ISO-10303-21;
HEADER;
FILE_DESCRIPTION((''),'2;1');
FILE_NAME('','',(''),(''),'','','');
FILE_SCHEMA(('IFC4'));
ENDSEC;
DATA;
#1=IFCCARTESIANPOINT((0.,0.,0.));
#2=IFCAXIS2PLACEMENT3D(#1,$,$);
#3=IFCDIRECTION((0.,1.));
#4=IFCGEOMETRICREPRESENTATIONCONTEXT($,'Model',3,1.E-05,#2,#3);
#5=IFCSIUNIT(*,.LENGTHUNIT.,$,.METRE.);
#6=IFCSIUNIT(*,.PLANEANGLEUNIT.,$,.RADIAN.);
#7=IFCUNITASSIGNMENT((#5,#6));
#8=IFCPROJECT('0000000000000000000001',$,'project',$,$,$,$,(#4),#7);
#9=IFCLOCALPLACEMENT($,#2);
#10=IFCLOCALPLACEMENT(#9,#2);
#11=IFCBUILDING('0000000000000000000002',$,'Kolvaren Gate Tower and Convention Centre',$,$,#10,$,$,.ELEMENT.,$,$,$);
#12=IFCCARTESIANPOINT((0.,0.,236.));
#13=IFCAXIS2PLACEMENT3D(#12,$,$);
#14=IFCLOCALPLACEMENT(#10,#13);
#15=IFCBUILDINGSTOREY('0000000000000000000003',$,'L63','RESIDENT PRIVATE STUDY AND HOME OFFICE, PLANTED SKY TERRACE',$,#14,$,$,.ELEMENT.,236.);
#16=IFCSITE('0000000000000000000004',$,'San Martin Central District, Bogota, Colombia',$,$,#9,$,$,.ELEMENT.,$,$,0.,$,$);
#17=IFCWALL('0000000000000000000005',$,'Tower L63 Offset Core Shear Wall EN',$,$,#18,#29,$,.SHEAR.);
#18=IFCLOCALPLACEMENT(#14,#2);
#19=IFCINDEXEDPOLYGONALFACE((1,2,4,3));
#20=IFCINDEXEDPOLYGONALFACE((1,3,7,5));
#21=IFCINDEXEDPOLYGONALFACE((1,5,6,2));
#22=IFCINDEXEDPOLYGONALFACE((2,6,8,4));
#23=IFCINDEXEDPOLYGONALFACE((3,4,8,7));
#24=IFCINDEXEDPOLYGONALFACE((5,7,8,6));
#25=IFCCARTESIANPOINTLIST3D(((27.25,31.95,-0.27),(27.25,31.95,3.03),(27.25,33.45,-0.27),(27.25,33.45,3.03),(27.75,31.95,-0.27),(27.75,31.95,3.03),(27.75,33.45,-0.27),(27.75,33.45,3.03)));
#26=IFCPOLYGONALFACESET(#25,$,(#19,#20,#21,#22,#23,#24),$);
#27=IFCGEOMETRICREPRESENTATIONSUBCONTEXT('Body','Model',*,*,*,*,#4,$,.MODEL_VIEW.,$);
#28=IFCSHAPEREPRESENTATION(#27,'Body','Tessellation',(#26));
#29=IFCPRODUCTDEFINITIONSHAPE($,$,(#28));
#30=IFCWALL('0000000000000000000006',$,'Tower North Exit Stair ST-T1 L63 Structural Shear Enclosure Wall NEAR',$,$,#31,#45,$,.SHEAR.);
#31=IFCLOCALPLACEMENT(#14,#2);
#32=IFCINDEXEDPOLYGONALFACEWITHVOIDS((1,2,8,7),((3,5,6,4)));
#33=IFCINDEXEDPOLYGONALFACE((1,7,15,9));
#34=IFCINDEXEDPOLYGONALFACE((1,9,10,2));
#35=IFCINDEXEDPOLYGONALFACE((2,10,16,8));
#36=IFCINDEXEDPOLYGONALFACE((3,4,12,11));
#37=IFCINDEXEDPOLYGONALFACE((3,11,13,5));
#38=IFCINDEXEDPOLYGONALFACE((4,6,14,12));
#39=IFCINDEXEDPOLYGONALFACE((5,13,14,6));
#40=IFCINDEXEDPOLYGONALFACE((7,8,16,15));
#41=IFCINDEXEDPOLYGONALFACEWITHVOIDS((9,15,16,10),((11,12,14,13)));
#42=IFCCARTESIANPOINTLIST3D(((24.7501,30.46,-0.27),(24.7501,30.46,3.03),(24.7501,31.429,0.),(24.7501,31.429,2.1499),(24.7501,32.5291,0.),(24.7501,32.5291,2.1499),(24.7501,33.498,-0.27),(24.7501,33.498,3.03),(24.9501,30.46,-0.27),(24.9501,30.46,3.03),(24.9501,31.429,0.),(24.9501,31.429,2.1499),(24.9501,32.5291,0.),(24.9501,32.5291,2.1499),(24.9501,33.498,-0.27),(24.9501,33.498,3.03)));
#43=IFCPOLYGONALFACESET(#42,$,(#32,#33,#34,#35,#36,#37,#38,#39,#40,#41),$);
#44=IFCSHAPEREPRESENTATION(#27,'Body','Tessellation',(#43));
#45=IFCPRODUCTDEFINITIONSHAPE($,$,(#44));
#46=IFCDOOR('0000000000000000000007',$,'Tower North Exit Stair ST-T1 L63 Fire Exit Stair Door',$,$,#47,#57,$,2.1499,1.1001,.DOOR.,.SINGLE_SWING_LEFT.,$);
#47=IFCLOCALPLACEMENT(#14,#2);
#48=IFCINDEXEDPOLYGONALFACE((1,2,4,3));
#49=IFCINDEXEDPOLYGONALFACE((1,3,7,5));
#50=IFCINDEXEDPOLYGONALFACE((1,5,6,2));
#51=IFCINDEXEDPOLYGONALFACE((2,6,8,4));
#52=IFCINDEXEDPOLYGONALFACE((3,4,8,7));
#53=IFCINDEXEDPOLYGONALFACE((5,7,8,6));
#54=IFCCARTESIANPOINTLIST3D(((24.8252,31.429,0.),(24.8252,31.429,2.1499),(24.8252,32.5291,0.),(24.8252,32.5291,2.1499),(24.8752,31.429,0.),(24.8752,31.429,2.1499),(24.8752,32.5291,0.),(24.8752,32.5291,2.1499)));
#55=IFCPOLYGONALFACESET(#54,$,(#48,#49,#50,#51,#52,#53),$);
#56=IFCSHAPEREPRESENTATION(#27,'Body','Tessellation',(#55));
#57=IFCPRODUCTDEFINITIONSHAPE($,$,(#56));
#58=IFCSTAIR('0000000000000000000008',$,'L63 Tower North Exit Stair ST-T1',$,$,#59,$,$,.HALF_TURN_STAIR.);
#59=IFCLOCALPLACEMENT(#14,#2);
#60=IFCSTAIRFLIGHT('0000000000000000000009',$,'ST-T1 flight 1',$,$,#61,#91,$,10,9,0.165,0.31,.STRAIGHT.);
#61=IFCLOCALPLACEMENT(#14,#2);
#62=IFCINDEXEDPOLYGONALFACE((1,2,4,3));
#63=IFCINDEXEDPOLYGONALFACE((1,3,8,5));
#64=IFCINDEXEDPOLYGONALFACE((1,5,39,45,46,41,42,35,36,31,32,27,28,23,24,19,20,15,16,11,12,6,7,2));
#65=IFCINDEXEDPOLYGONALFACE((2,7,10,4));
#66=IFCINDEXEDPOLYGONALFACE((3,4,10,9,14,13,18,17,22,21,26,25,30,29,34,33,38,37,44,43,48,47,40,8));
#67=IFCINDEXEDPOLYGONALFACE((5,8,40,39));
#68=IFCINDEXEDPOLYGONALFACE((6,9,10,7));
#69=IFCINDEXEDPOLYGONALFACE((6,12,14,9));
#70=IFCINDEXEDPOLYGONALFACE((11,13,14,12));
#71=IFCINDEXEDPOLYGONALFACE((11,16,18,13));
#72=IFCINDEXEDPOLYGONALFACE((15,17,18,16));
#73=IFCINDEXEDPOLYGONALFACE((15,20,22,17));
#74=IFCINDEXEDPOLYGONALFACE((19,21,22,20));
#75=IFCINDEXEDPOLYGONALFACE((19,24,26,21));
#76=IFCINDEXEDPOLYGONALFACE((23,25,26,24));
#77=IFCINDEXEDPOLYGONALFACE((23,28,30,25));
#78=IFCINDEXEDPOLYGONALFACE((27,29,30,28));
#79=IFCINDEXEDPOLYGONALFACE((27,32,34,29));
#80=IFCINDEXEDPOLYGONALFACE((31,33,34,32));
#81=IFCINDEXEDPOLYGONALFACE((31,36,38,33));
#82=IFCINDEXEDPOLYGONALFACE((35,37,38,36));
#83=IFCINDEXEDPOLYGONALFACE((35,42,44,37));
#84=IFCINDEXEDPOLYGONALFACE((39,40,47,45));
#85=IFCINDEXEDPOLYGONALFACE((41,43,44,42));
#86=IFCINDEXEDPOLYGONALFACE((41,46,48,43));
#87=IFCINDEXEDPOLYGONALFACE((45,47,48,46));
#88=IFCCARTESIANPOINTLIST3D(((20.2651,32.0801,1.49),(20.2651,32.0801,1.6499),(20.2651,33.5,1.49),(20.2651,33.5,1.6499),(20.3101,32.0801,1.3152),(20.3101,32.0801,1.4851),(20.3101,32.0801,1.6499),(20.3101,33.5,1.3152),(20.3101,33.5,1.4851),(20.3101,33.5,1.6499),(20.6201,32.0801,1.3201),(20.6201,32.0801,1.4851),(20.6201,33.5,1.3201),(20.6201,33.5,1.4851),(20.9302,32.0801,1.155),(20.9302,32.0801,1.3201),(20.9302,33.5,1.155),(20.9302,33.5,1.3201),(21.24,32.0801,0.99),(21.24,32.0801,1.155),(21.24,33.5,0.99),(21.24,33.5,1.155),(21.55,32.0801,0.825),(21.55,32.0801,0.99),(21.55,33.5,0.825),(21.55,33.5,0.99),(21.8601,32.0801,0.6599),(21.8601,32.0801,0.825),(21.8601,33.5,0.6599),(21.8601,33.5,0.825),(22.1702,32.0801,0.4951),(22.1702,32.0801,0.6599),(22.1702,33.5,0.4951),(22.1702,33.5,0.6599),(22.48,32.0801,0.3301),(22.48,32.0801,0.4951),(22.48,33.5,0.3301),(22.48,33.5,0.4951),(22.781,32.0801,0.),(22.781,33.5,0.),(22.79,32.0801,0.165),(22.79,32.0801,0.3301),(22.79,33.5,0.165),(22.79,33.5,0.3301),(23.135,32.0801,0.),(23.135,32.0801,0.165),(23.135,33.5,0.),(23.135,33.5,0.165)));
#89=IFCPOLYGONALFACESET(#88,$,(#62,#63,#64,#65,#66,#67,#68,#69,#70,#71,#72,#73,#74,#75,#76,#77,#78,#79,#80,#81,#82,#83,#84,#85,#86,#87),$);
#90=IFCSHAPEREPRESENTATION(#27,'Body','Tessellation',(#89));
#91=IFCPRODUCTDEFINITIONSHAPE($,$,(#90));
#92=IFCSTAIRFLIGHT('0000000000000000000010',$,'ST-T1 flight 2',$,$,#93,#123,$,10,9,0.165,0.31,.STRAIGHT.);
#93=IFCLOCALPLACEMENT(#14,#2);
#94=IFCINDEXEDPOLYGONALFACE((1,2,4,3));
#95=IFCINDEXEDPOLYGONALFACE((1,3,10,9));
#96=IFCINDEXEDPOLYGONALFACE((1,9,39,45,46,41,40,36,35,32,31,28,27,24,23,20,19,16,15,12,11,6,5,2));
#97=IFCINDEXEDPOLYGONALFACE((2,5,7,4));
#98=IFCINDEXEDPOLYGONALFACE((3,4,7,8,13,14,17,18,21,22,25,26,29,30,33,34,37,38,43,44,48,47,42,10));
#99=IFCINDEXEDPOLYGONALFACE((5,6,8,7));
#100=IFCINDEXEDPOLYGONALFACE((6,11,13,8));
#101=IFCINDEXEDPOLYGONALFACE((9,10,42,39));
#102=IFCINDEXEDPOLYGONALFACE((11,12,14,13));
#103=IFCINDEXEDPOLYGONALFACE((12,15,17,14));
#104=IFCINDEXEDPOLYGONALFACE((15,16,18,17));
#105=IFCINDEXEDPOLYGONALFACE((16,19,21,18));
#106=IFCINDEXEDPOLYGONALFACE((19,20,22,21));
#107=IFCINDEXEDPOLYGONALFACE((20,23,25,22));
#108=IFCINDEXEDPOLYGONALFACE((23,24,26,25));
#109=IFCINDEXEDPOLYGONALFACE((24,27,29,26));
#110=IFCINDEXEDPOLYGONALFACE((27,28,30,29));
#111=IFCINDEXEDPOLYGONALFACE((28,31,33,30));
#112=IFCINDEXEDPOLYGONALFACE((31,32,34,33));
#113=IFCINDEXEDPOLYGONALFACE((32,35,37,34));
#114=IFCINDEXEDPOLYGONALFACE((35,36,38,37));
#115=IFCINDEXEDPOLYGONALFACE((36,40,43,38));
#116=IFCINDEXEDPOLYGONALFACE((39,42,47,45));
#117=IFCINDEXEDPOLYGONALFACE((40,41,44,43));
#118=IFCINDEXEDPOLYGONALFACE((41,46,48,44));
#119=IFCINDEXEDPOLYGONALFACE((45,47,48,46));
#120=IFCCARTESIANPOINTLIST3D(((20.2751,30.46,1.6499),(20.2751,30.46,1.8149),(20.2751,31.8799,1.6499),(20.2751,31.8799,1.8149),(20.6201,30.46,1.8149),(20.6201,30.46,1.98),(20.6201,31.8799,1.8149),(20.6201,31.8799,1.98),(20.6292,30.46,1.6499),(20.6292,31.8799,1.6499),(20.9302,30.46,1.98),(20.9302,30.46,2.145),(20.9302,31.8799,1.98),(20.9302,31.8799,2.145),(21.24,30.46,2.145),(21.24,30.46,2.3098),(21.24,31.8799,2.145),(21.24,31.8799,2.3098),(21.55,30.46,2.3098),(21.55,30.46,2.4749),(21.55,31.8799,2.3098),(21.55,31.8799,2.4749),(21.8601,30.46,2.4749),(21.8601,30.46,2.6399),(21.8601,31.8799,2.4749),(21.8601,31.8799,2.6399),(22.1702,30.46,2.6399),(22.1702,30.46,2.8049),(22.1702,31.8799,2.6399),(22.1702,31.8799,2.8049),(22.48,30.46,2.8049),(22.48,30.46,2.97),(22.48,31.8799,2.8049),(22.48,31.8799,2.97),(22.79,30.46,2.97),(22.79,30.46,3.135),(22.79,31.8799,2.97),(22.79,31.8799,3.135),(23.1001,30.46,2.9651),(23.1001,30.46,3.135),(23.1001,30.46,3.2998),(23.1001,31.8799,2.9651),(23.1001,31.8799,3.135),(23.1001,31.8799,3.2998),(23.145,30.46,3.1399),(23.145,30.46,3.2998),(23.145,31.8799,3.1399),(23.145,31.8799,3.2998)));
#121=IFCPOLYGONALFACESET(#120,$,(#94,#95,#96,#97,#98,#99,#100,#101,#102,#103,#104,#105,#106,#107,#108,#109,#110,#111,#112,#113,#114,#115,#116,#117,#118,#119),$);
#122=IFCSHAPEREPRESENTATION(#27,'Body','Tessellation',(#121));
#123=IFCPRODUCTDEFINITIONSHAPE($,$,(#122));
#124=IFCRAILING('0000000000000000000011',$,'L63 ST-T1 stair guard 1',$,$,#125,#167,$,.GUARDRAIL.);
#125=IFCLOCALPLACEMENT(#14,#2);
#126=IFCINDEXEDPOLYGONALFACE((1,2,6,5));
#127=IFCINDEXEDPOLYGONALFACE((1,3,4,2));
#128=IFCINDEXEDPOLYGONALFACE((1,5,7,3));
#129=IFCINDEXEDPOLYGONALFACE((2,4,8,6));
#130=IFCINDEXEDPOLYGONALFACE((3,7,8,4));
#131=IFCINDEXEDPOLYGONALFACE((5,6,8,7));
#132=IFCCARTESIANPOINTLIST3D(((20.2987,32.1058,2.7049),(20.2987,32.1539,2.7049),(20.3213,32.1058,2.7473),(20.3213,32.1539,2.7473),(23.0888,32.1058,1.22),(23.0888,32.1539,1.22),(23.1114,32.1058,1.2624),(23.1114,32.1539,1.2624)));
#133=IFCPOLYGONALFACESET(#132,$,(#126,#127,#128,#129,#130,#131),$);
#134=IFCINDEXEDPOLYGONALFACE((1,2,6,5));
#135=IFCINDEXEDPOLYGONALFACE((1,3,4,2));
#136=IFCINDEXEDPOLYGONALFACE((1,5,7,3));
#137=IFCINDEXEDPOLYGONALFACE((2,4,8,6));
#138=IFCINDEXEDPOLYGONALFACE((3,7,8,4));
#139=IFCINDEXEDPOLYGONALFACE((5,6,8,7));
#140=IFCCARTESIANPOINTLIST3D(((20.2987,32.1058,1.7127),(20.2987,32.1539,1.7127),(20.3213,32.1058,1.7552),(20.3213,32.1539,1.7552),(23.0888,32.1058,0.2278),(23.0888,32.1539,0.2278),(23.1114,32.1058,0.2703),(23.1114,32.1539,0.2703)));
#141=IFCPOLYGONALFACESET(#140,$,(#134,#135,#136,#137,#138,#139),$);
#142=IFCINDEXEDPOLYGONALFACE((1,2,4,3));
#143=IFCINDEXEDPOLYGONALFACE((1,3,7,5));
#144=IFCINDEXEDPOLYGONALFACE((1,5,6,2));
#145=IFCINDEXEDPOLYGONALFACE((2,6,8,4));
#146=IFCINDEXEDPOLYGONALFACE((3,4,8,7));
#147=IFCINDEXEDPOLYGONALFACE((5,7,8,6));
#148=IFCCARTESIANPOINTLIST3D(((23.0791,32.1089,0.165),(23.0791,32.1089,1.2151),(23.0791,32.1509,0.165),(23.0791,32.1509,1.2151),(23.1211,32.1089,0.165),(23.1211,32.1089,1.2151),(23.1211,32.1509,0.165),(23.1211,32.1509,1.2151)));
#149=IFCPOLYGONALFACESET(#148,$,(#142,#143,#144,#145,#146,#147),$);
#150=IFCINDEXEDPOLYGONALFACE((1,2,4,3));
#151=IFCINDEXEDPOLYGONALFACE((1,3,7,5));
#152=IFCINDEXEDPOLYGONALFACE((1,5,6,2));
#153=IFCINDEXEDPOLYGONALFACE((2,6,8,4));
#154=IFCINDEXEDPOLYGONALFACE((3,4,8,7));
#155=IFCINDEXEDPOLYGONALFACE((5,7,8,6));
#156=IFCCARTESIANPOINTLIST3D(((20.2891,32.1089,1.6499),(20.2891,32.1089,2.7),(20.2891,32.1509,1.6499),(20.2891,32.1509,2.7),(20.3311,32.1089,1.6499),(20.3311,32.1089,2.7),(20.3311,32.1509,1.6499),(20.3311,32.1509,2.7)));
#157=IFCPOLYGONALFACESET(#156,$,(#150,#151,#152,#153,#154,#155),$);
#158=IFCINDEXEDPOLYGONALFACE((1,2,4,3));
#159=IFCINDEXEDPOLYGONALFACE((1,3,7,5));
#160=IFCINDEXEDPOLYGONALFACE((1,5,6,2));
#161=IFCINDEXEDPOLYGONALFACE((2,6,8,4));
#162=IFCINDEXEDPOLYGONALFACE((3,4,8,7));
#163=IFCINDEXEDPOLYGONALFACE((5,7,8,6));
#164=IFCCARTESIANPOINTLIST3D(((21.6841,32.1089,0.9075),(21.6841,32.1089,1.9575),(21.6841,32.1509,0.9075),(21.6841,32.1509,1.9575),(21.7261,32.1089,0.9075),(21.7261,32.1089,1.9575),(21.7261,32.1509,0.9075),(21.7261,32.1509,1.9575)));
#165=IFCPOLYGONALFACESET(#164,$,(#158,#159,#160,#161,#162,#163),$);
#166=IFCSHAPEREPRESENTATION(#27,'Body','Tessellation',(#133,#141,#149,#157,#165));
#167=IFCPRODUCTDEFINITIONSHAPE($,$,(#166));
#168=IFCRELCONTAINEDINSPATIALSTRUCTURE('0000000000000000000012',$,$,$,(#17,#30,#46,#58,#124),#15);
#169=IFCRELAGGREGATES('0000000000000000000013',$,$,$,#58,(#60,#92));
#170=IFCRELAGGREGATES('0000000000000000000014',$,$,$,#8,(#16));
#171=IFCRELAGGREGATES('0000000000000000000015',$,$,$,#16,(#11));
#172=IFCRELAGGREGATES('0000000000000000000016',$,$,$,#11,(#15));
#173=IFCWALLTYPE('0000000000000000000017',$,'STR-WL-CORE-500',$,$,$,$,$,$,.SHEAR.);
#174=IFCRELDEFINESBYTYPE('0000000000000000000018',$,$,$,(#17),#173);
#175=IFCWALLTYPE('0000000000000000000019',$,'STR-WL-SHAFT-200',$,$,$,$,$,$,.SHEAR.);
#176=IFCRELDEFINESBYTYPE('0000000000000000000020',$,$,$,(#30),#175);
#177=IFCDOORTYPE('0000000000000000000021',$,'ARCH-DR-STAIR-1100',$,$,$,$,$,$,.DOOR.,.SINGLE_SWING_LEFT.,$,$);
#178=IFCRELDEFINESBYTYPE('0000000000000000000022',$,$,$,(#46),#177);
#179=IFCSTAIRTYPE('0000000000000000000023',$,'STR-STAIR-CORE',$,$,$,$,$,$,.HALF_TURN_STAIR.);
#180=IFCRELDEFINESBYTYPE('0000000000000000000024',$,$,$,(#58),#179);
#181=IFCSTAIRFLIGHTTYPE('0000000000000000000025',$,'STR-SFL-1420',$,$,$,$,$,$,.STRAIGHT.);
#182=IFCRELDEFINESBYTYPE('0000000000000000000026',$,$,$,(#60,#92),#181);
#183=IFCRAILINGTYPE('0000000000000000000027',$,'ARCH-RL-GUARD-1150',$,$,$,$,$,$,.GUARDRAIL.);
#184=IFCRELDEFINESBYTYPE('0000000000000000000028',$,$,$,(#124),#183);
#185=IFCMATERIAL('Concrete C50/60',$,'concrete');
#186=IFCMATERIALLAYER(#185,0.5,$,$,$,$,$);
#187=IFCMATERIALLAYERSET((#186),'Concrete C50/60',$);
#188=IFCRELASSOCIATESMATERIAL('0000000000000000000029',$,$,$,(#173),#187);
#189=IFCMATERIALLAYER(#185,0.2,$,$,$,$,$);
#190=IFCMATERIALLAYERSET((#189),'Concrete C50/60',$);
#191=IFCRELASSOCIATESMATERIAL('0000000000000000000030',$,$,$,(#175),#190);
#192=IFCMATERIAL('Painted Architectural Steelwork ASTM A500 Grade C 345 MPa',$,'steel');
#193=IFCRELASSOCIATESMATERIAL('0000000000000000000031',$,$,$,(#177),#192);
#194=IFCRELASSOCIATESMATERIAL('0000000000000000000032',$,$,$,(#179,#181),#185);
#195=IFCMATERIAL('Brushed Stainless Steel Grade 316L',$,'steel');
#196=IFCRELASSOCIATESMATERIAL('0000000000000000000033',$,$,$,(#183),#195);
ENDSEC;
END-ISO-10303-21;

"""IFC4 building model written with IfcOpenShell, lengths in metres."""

from ifc_helpers import new_model, si_unit, direction, frame, frame_2d, origin, origin_2d, place, context, subcontext, project, spatial, polyline, rectangle, outline, extrude, material, layer, layer_set, type_object, element, fill, aggregate, save


model = new_model("IFC4")

# Units and contexts
model_context = context("Model", 3, precision=1e-05, world=origin(), true_north=direction((0.0, 1.0)))
body_context = subcontext(model_context, "Body", "Model", "MODEL_VIEW")
ifc_project = project(units=[si_unit("LENGTHUNIT", "METRE"), si_unit("PLANEANGLEUNIT", "RADIAN")], contexts=[model_context])

# Site, building, storey
site_placement = place(None, origin())
site = spatial("IfcSite", under=ifc_project, at=site_placement, Name="San Martin Central District, Bogota, Colombia", CompositionType="ELEMENT", RefElevation=0.0)
building_placement = place(site_placement, origin())
building = spatial("IfcBuilding", under=site, at=building_placement, Name="Kolvaren Gate Tower and Convention Centre", CompositionType="ELEMENT")
storey_placement = place(building_placement, frame((0.0, 0.0, 236.0)))
storey = spatial("IfcBuildingStorey", under=building, at=storey_placement, Name="L63", Description="RESIDENT PRIVATE STUDY AND HOME OFFICE, PLANTED SKY TERRACE", CompositionType="ELEMENT", Elevation=236.0)

# Shared definitions
ifc_material_1 = material(Name="Brushed Stainless Steel Grade 316L", Category="steel")

# Shared definitions
ifc_material_2 = material(Name="Painted Architectural Steelwork ASTM A500 Grade C 345 MPa", Category="steel")

# Wall
ifc_material_3 = material(Name="Concrete C50/60", Category="concrete")
ifc_layer_1 = layer(ifc_material_3, 0.5)
ifc_layer_set_1 = layer_set([ifc_layer_1], Name="Concrete C50/60")
wall_type_1 = type_object("IfcWallType", Name="STR-WL-CORE-500", PredefinedType="SHEAR", material=ifc_layer_set_1)
wall_1_placement = place(storey_placement, frame((27.5, 31.95, -0.27), z_axis=(0.0, 0.0, 1.0), x_axis=(0.0, 1.0, 0.0)))
element("IfcWall", 1, at=wall_1_placement, inside=storey, type_object=wall_type_1, Name="Tower L63 Offset Core Shear Wall EN", PredefinedType="SHEAR", context=body_context, shape_type="SweptSolid", body=[
    extrude(rectangle(XDim=1.5, YDim=0.5, at=frame_2d((0.75, 0.0))), origin(), (0.0, 0.0, 1.0), 3.3),
])

# Wall, opening, door
ifc_layer_2 = layer(ifc_material_3, 0.2)
ifc_layer_set_2 = layer_set([ifc_layer_2], Name="Concrete C50/60")
wall_type_2 = type_object("IfcWallType", Name="STR-WL-SHAFT-200", PredefinedType="SHEAR", material=ifc_layer_set_2)
wall_2_placement = place(storey_placement, frame((24.8501, 30.46, -0.27), z_axis=(0.0, 0.0, 1.0), x_axis=(0.0, 1.0, 0.0)))
wall_2 = element("IfcWall", 2, at=wall_2_placement, inside=storey, type_object=wall_type_2, Name="Tower North Exit Stair ST-T1 L63 Structural Shear Enclosure Wall NEAR", PredefinedType="SHEAR", context=body_context, shape_type="SweptSolid", body=[
    extrude(rectangle(XDim=3.0381, YDim=0.2, at=frame_2d((1.519, 0.0))), origin(), (0.0, 0.0, 1.0), 3.3),
])
opening_1_placement = place(wall_2_placement, frame((0.969, 0.0, 0.27)))
opening_1 = element("IfcOpeningElement", 3, at=opening_1_placement, cuts=wall_2, PredefinedType="OPENING", context=body_context, shape_type="SweptSolid", body=[
    extrude(rectangle(XDim=1.1001, YDim=2.1499, at=frame_2d((0.55, 1.075))), frame((0.0, 0.1099, 0.0), z_axis=(0.0, -1.0, 0.0), x_axis=(1.0, 0.0, 0.0)), (0.0, 0.0, 1.0), 0.22),
])
door_type_1 = type_object("IfcDoorType", Name="ARCH-DR-STAIR-1100", OperationType="SINGLE_SWING_LEFT", PredefinedType="DOOR", material=ifc_material_2)
door_1_placement = place(opening_1_placement, origin())
door_1 = element("IfcDoor", 4, at=door_1_placement, inside=storey, type_object=door_type_1, Name="Tower North Exit Stair ST-T1 L63 Fire Exit Stair Door", OperationType="SINGLE_SWING_LEFT", OverallHeight=2.1499, OverallWidth=1.1001, PredefinedType="DOOR", context=body_context, shape_type="SweptSolid", body=[
    extrude(rectangle(XDim=1.1001, YDim=2.1499, at=frame_2d((0.55, 1.075))), frame((0.0, 0.0249, 0.0), z_axis=(0.0, -1.0, 0.0), x_axis=(1.0, 0.0, 0.0)), (0.0, 0.0, 1.0), 0.05),
])
fill(opening_1, door_1)

# Stair, stair flights
stair_type = type_object("IfcStairType", Name="STR-STAIR-CORE", PredefinedType="HALF_TURN_STAIR", material=ifc_material_3)
stair_placement = place(storey_placement, origin())
stair = element("IfcStair", 5, at=stair_placement, inside=storey, type_object=stair_type, Name="L63 Tower North Exit Stair ST-T1", PredefinedType="HALF_TURN_STAIR")
stair_flight_type = type_object("IfcStairFlightType", Name="STR-SFL-1420", PredefinedType="STRAIGHT", material=ifc_material_3)
stair_flight_1_placement = place(storey_placement, frame((23.1001, 32.79, 0.0), z_axis=(0.0, 0.0, 1.0), x_axis=(-1.0, 0.0, 0.0)))
stair_flight_1 = element("IfcStairFlight", 6, at=stair_flight_1_placement, type_object=stair_flight_type, Name="ST-T1 flight 1", NumberOfRisers=10, NumberOfTreads=9, PredefinedType="STRAIGHT", RiserHeight=0.165, TreadLength=0.31, context=body_context, shape_type="SweptSolid", body=[
    extrude(outline(polyline([(-0.0349, 0.0), (-0.0349, 0.165), (0.3101, 0.165), (0.3101, 0.3301), (0.6201, 0.3301), (0.6201, 0.4951), (0.9299, 0.4951), (0.9299, 0.6599), (1.24, 0.6599), (1.24, 0.825), (1.55, 0.825), (1.55, 0.99), (1.8601, 0.99), (1.8601, 1.155), (2.1699, 1.155), (2.1699, 1.3201), (2.48, 1.3201), (2.48, 1.4851), (2.79, 1.4851), (2.79, 1.6499), (2.835, 1.6499), (2.835, 1.49), (2.79, 1.3152), (0.3191, 0.0), (-0.0349, 0.0)])), frame((0.0, 0.71, 0.0), z_axis=(0.0, -1.0, 0.0), x_axis=(1.0, 0.0, 0.0)), (0.0, 0.0, 1.0), 1.4199),
])
stair_flight_2_placement = place(storey_placement, frame((20.3101, 31.1699, 1.6499), z_axis=(0.0, 0.0, 1.0), x_axis=(1.0, 0.0, 0.0)))
stair_flight_2 = element("IfcStairFlight", 7, at=stair_flight_2_placement, type_object=stair_flight_type, Name="ST-T1 flight 2", NumberOfRisers=10, NumberOfTreads=9, PredefinedType="STRAIGHT", RiserHeight=0.165, TreadLength=0.31, context=body_context, shape_type="SweptSolid", body=[
    extrude(outline(polyline([(-0.0349, 0.0), (-0.0349, 0.165), (0.3101, 0.165), (0.3101, 0.3301), (0.6201, 0.3301), (0.6201, 0.4951), (0.9299, 0.4951), (0.9299, 0.6599), (1.24, 0.6599), (1.24, 0.825), (1.55, 0.825), (1.55, 0.99), (1.8601, 0.99), (1.8601, 1.155), (2.1699, 1.155), (2.1699, 1.3201), (2.48, 1.3201), (2.48, 1.4851), (2.79, 1.4851), (2.79, 1.6499), (2.835, 1.6499), (2.835, 1.49), (2.79, 1.3152), (0.3191, 0.0), (-0.0349, 0.0)])), frame((0.0, 0.71, 0.0), z_axis=(0.0, -1.0, 0.0), x_axis=(1.0, 0.0, 0.0)), (0.0, 0.0, 1.0), 1.4199),
])
aggregate(stair, [stair_flight_1, stair_flight_2])

# Railing
railing_type_1 = type_object("IfcRailingType", Name="ARCH-RL-GUARD-1150", PredefinedType="GUARDRAIL", material=ifc_material_1)
railing_1_placement = place(storey_placement, frame((23.1001, 32.1299, 0.165)))
element("IfcRailing", 8, at=railing_1_placement, inside=storey, type_object=railing_type_1, Name="L63 ST-T1 stair guard 1", PredefinedType="GUARDRAIL", context=body_context, shape_type="SweptSolid", body=[
    extrude(rectangle(XDim=0.0481, YDim=0.0481, at=origin_2d()), frame((0.0, 0.0, 1.0762), z_axis=(-0.882767, 0.0, 0.46981), x_axis=(0.0, -1.0, 0.0)), (0.0, 0.0, 1.0), 3.1606),
    extrude(rectangle(XDim=0.0481, YDim=0.0481, at=origin_2d()), frame((0.0, 0.0, 0.084), z_axis=(-0.882767, 0.0, 0.46981), x_axis=(0.0, -1.0, 0.0)), (0.0, 0.0, 1.0), 3.1606),
    extrude(rectangle(XDim=0.042, YDim=0.042, at=origin_2d()), origin(), (0.0, 0.0, 1.0), 1.05),
    extrude(rectangle(XDim=0.042, YDim=0.042, at=origin_2d()), frame((-2.79, 0.0, 1.4849)), (0.0, 0.0, 1.0), 1.05),
    extrude(rectangle(XDim=0.042, YDim=0.042, at=origin_2d()), frame((-1.395, 0.0, 0.7424)), (0.0, 0.0, 1.0), 1.05),
])

save(model, "model.ifc")
